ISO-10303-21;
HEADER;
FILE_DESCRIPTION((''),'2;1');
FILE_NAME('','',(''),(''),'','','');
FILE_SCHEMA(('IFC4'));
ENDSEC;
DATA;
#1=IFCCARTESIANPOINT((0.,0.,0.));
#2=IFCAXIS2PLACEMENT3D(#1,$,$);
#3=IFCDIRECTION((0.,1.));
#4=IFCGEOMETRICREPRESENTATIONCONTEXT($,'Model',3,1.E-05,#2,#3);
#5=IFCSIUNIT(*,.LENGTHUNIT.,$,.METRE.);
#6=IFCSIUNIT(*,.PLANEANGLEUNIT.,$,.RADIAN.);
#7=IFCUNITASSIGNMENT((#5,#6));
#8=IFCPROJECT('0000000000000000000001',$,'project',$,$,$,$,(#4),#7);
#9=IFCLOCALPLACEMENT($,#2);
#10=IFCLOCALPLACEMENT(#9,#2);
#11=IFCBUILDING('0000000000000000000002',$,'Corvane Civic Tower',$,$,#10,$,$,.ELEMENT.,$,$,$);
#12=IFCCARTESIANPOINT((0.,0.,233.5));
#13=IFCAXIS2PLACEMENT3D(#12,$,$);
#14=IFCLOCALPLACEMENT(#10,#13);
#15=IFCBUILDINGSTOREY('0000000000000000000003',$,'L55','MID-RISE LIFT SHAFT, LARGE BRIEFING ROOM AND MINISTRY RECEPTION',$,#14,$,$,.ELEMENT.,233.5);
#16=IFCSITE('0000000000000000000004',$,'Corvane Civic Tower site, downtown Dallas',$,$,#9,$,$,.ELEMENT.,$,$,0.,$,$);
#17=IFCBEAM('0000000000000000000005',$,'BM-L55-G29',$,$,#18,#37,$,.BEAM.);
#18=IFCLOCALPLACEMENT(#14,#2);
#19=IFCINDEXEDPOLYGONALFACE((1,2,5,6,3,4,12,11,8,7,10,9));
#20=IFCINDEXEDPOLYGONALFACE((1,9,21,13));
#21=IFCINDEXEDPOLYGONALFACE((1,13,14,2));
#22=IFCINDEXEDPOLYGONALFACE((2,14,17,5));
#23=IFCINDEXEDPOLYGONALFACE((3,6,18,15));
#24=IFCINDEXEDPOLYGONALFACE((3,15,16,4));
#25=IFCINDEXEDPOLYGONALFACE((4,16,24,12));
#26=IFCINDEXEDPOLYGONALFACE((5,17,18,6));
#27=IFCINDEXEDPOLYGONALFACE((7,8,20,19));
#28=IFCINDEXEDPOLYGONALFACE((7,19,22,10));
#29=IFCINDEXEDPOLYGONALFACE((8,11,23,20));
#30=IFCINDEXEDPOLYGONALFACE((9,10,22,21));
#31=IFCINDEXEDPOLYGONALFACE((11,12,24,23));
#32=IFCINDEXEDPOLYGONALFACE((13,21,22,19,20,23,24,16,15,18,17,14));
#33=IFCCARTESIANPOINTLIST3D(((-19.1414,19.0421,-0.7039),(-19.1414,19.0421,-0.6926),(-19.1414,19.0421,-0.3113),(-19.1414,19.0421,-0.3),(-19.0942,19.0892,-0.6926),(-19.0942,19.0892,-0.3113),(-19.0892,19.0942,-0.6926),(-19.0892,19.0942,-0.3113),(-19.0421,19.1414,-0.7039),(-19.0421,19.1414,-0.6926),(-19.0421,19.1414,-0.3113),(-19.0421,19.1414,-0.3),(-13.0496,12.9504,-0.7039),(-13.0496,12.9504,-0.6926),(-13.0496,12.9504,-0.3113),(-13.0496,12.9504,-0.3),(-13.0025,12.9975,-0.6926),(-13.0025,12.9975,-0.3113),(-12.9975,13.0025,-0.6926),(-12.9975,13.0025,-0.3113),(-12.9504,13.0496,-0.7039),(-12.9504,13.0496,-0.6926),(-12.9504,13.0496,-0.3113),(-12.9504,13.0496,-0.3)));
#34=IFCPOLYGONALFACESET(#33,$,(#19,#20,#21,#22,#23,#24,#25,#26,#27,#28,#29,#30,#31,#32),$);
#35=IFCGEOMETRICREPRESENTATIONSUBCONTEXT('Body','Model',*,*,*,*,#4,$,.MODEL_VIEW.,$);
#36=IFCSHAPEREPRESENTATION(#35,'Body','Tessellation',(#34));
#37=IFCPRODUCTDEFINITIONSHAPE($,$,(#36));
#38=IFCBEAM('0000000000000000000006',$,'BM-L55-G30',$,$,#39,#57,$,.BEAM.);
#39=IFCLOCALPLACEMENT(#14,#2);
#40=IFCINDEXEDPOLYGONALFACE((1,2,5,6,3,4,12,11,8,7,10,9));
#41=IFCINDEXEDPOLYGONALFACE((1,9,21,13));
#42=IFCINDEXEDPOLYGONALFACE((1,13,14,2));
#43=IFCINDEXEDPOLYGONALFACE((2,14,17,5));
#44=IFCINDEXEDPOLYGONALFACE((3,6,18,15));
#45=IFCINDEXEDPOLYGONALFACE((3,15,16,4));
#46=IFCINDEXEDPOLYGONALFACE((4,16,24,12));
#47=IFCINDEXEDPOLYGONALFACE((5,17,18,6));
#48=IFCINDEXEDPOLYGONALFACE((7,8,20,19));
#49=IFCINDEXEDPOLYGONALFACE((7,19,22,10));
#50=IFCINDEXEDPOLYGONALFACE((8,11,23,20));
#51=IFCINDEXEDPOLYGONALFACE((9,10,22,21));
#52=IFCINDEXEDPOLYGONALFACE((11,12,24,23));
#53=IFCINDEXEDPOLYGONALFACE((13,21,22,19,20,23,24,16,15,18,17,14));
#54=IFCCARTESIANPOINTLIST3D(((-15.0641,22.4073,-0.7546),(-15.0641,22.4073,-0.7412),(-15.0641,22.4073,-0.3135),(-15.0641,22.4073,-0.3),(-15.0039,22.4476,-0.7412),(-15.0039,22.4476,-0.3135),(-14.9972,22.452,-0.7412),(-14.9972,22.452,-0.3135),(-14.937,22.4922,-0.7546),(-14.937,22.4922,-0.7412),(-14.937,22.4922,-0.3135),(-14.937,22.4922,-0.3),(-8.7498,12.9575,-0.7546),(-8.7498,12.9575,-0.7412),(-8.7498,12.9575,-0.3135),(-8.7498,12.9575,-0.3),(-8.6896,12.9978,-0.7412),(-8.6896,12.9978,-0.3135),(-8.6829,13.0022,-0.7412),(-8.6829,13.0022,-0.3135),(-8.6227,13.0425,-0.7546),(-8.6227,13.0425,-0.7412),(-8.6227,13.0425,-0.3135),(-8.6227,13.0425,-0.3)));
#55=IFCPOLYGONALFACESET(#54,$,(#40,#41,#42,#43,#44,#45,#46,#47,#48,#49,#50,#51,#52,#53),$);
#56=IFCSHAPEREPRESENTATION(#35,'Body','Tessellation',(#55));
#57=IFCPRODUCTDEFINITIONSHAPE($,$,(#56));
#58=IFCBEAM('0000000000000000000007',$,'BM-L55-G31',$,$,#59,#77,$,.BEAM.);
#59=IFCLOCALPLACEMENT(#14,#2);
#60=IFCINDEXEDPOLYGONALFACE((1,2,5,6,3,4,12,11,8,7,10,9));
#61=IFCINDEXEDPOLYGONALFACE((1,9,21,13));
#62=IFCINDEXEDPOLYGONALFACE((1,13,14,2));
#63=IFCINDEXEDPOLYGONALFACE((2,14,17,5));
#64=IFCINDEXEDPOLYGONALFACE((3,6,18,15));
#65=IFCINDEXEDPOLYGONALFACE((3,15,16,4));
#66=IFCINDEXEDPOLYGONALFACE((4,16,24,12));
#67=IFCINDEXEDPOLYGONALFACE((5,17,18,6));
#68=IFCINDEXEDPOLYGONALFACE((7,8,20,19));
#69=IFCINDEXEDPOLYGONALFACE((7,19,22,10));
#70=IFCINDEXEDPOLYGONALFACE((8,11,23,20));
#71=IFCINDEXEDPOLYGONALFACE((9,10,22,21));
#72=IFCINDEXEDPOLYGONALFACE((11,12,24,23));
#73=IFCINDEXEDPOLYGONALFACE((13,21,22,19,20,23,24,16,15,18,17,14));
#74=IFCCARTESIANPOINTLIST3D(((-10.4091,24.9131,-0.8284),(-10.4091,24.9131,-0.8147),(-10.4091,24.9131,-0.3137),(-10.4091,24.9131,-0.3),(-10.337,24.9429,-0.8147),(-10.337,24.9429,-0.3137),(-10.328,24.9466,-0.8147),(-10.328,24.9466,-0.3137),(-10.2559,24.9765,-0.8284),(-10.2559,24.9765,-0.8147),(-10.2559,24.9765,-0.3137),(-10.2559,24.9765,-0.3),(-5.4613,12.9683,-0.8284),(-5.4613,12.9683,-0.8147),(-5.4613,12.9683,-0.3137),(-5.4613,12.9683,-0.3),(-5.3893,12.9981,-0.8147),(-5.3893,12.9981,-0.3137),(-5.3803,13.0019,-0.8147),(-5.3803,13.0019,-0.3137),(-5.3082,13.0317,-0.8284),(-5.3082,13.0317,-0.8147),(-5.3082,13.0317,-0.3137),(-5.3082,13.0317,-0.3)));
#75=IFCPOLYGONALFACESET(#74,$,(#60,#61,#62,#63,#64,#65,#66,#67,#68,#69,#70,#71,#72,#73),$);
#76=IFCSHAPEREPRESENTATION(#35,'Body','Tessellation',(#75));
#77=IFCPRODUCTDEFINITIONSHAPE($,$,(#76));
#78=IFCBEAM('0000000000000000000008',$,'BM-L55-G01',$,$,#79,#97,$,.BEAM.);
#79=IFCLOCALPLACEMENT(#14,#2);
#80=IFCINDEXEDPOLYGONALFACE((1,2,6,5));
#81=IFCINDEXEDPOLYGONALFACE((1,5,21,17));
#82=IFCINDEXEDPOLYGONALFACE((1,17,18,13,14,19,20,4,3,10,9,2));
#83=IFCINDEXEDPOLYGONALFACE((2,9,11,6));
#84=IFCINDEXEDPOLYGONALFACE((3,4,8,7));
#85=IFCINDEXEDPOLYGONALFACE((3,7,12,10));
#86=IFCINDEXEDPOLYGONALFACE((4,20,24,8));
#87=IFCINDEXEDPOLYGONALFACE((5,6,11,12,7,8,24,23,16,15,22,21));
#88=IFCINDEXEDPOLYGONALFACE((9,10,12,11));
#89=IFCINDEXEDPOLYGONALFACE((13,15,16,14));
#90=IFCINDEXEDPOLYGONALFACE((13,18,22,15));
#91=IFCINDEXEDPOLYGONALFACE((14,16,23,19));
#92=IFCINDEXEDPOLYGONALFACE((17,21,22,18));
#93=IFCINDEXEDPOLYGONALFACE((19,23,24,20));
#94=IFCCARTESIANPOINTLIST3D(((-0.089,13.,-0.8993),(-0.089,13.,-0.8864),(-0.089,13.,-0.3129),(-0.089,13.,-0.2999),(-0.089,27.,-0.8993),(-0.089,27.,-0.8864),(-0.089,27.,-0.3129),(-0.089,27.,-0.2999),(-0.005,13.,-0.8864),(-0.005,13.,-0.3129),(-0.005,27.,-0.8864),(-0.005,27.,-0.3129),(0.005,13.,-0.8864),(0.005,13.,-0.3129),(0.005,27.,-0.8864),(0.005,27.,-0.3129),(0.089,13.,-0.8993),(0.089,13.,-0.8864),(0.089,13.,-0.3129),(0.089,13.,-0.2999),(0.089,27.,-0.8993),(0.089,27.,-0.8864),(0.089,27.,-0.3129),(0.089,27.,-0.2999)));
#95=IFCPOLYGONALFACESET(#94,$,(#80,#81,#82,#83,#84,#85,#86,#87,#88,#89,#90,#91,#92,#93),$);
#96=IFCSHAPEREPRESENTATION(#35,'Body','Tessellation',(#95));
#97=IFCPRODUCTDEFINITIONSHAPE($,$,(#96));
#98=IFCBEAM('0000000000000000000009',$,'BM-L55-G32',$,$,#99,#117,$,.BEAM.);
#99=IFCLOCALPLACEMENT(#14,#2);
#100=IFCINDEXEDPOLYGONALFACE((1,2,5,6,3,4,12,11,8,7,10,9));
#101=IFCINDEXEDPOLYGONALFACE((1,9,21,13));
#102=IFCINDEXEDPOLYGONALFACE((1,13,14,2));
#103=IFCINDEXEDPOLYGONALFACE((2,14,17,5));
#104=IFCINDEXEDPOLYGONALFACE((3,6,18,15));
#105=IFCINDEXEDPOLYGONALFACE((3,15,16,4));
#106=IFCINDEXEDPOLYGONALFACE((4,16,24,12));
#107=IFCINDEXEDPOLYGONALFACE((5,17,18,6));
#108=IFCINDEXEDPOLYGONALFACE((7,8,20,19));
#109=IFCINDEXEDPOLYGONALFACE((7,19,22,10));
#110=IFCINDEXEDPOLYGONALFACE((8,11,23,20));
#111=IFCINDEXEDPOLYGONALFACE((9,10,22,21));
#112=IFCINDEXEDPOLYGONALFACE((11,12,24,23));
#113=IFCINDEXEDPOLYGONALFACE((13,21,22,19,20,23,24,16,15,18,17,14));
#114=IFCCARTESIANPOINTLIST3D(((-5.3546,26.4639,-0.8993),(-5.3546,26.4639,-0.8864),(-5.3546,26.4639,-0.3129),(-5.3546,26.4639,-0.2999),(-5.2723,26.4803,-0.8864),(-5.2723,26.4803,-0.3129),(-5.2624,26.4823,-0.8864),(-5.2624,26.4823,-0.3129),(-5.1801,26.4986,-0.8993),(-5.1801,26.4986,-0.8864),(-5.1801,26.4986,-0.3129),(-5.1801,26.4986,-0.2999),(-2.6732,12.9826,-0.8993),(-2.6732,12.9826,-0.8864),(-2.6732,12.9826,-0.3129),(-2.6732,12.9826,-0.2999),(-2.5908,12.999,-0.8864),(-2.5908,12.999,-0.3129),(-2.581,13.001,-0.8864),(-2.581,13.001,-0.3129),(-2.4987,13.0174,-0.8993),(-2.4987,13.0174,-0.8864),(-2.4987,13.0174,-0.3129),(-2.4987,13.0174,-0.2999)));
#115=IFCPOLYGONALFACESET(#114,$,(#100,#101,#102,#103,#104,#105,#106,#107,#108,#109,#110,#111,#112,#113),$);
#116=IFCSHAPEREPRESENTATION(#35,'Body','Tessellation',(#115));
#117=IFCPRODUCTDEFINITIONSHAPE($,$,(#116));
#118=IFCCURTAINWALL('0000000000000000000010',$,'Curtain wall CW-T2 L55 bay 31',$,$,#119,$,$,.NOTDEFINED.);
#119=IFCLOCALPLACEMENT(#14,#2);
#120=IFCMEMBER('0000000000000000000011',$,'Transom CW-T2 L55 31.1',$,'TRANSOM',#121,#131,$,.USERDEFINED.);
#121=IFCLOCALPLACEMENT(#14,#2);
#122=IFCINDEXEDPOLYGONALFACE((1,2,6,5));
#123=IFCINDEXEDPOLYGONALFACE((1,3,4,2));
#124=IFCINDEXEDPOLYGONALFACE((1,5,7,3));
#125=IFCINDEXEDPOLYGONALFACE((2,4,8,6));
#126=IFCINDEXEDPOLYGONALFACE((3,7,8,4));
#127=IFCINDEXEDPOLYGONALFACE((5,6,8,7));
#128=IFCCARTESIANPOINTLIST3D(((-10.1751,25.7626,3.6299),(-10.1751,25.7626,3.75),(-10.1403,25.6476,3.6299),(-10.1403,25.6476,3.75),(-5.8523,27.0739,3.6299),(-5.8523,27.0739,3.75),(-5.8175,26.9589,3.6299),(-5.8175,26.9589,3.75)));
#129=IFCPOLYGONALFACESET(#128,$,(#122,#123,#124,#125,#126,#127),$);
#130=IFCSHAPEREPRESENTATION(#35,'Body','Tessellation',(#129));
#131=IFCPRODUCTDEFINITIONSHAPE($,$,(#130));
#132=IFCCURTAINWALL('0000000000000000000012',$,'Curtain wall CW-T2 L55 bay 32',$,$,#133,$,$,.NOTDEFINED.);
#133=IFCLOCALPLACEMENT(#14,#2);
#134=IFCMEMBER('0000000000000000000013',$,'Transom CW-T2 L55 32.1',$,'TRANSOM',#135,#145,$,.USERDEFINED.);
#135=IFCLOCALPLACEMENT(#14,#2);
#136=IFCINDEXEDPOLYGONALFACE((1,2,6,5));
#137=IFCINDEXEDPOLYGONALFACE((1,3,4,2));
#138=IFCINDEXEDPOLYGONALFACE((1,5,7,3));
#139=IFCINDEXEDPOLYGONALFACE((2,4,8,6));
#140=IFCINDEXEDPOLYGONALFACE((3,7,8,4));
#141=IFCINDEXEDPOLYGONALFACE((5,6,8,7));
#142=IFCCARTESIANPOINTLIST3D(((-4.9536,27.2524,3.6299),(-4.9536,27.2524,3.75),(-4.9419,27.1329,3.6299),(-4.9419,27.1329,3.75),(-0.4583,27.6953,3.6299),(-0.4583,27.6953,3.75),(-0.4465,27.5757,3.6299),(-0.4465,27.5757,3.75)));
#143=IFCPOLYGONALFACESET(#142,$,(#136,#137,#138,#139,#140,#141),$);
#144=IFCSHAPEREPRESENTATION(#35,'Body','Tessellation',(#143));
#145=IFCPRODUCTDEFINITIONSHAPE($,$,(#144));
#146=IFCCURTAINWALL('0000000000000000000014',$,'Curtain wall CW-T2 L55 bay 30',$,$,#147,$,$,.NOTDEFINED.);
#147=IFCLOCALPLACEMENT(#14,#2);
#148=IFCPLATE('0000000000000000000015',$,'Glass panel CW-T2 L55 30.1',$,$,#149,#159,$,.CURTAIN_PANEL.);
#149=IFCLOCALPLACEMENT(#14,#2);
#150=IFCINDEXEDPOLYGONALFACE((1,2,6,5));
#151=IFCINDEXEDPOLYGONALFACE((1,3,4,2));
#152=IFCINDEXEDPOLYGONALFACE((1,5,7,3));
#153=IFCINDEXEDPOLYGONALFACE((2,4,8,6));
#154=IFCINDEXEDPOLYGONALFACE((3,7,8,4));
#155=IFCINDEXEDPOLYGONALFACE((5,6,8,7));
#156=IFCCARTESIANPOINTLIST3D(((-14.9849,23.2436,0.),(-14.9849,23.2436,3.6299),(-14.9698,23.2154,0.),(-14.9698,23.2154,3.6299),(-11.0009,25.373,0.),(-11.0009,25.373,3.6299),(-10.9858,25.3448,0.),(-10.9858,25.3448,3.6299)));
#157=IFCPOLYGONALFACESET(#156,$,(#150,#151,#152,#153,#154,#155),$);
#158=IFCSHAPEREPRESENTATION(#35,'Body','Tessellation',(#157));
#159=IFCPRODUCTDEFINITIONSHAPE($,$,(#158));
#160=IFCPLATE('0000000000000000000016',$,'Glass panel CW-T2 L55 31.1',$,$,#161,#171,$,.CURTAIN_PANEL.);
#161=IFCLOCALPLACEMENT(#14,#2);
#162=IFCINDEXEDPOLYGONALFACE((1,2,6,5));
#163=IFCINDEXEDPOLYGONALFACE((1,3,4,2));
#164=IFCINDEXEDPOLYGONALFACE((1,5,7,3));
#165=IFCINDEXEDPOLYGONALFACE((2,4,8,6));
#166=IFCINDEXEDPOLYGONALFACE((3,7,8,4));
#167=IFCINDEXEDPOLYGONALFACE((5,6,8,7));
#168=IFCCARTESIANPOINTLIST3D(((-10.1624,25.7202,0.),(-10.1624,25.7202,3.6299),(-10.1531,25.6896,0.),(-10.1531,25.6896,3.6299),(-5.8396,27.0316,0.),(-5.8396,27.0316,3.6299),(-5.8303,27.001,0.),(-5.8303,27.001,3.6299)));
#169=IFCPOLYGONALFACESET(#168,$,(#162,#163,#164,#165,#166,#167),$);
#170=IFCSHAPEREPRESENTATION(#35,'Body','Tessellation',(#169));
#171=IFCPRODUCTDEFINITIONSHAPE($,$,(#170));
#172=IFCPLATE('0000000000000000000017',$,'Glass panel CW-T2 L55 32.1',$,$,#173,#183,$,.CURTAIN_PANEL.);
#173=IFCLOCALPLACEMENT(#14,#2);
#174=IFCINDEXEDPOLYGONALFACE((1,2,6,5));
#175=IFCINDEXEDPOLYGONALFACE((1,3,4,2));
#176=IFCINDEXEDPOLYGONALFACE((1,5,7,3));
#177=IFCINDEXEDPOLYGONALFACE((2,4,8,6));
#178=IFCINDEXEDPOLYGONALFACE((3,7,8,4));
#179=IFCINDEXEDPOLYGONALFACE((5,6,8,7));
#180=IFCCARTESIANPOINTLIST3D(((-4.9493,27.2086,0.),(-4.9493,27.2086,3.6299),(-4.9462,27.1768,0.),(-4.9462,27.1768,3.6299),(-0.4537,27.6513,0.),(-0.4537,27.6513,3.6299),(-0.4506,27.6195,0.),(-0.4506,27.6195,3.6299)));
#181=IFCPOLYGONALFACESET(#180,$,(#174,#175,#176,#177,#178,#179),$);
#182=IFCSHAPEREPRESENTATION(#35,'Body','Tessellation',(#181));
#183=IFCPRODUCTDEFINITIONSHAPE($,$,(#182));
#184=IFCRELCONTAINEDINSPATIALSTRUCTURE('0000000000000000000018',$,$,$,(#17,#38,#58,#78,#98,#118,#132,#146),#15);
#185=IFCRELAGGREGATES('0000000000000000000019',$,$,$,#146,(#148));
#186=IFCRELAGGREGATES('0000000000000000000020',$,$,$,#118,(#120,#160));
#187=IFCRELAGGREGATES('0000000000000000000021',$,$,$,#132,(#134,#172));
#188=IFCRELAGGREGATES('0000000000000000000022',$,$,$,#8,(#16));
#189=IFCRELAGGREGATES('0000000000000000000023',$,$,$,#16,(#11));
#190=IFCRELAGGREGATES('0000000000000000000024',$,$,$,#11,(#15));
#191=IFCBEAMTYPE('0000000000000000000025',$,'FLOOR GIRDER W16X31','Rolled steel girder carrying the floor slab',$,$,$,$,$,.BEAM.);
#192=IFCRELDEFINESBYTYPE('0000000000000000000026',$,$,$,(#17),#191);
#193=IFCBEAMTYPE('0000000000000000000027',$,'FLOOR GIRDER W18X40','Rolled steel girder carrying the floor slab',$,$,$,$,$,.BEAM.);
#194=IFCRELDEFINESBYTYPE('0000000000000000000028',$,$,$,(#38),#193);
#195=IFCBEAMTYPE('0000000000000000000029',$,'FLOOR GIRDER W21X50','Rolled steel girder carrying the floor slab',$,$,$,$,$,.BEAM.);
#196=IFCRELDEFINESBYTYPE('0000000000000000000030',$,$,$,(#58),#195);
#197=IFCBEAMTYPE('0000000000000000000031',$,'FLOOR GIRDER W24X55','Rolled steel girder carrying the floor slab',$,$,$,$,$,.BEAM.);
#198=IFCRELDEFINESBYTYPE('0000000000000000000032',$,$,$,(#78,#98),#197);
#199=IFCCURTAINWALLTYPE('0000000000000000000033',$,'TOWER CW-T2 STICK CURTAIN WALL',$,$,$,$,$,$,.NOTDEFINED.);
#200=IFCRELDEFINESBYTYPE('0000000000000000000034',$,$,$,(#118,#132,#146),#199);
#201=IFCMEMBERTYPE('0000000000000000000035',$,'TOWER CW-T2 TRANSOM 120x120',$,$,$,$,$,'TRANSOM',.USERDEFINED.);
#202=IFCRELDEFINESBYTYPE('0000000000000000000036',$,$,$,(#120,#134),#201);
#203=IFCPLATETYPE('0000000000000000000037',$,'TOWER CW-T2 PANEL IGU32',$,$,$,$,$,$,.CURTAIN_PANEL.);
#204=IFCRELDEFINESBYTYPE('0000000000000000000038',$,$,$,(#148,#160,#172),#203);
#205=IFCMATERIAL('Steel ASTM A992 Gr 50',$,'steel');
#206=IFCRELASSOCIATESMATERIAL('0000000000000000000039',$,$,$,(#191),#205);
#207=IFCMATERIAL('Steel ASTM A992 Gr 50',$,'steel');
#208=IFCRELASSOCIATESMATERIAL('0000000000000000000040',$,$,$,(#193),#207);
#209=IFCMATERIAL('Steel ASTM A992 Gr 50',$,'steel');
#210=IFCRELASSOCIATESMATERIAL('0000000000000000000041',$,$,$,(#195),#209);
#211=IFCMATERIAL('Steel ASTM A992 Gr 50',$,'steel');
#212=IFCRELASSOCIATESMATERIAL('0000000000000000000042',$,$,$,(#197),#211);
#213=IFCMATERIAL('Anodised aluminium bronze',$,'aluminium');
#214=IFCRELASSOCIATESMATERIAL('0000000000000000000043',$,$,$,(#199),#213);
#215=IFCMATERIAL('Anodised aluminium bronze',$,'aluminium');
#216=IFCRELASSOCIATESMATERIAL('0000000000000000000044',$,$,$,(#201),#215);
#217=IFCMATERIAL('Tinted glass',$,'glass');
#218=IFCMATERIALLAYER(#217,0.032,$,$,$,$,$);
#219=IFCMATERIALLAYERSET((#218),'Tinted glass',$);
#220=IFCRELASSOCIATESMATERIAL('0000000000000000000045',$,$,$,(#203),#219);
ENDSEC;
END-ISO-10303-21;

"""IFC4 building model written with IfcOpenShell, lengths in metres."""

from ifc_helpers import new_model, si_unit, direction, frame, origin, origin_2d, place, context, subcontext, project, spatial, rectangle, i_section, extrude, material, layer, layer_set, material_profile, profile_set, type_object, element, aggregate, save


model = new_model("IFC4")

# Units and contexts
model_context = context("Model", 3, precision=1e-05, world=origin(), true_north=direction((0.0, 1.0)))
body_context = subcontext(model_context, "Body", "Model", "MODEL_VIEW")
ifc_project = project(units=[si_unit("LENGTHUNIT", "METRE"), si_unit("PLANEANGLEUNIT", "RADIAN")], contexts=[model_context])

# Site, building, storey
site_placement = place(None, origin())
site = spatial("IfcSite", under=ifc_project, at=site_placement, Name="Corvane Civic Tower site, downtown Dallas", CompositionType="ELEMENT", RefElevation=0.0)
building_placement = place(site_placement, origin())
building = spatial("IfcBuilding", under=site, at=building_placement, Name="Corvane Civic Tower", CompositionType="ELEMENT")
storey_placement = place(building_placement, frame((0.0, 0.0, 233.5)))
storey = spatial("IfcBuildingStorey", under=building, at=storey_placement, Name="L55", Description="MID-RISE LIFT SHAFT, LARGE BRIEFING ROOM AND MINISTRY RECEPTION", CompositionType="ELEMENT", Elevation=233.5)

# Beams
ifc_material_1 = material(Name="Steel ASTM A992 Gr 50", Category="steel")
ifc_material_profile_1 = material_profile(ifc_material_1, i_section(OverallWidth=0.1404, OverallDepth=0.4038, WebThickness=0.0071, FlangeThickness=0.0112, at=origin_2d()), Name="W16X31")
ifc_profile_set_1 = profile_set([ifc_material_profile_1], Name="Steel ASTM A992 Gr 50")
beam_type_1 = type_object("IfcBeamType", Name="FLOOR GIRDER W16X31", Description="Rolled steel girder carrying the floor slab", PredefinedType="BEAM", material=ifc_profile_set_1)
beam_1_placement = place(storey_placement, frame((-13.0, 13.0, -0.502), z_axis=(-0.707107, 0.707107, 0.0), x_axis=(-0.707107, -0.707107, 0.0)))
element("IfcBeam", 1, at=beam_1_placement, inside=storey, type_object=beam_type_1, Name="BM-L55-G29", PredefinedType="BEAM", context=body_context, shape_type="SweptSolid", body=[
    extrude(i_section(OverallWidth=0.1404, OverallDepth=0.4038, WebThickness=0.0071, FlangeThickness=0.0112, at=origin_2d()), origin(), (0.0, 0.0, 1.0), 8.615),
])
ifc_material_2 = material(Name="Steel ASTM A992 Gr 50", Category="steel")
ifc_material_profile_2 = material_profile(ifc_material_2, i_section(OverallWidth=0.1528, OverallDepth=0.4546, WebThickness=0.0081, FlangeThickness=0.0134, at=origin_2d()), Name="W18X40")
ifc_profile_set_2 = profile_set([ifc_material_profile_2], Name="Steel ASTM A992 Gr 50")
beam_type_2 = type_object("IfcBeamType", Name="FLOOR GIRDER W18X40", Description="Rolled steel girder carrying the floor slab", PredefinedType="BEAM", material=ifc_profile_set_2)
beam_2_placement = place(storey_placement, frame((-8.6863, 13.0, -0.5273), z_axis=(-0.555577, 0.831465, 0.0), x_axis=(-0.831465, -0.555577, 0.0)))
element("IfcBeam", 2, at=beam_2_placement, inside=storey, type_object=beam_type_2, Name="BM-L55-G30", PredefinedType="BEAM", context=body_context, shape_type="SweptSolid", body=[
    extrude(i_section(OverallWidth=0.1528, OverallDepth=0.4546, WebThickness=0.0081, FlangeThickness=0.0134, at=origin_2d()), origin(), (0.0, 0.0, 1.0), 11.3652),
])
ifc_material_3 = material(Name="Steel ASTM A992 Gr 50", Category="steel")
ifc_material_profile_3 = material_profile(ifc_material_3, i_section(OverallWidth=0.1658, OverallDepth=0.5283, WebThickness=0.0098, FlangeThickness=0.0137, at=origin_2d()), Name="W21X50")
ifc_profile_set_3 = profile_set([ifc_material_profile_3], Name="Steel ASTM A992 Gr 50")
beam_type_3 = type_object("IfcBeamType", Name="FLOOR GIRDER W21X50", Description="Rolled steel girder carrying the floor slab", PredefinedType="BEAM", material=ifc_profile_set_3)
beam_3_placement = place(storey_placement, frame((-5.3848, 13.0, -0.5642), z_axis=(-0.382686, 0.923878, 0.0), x_axis=(-0.923878, -0.382686, 0.0)))
element("IfcBeam", 3, at=beam_3_placement, inside=storey, type_object=beam_type_3, Name="BM-L55-G31", PredefinedType="BEAM", context=body_context, shape_type="SweptSolid", body=[
    extrude(i_section(OverallWidth=0.1658, OverallDepth=0.5283, WebThickness=0.0098, FlangeThickness=0.0137, at=origin_2d()), origin(), (0.0, 0.0, 1.0), 12.929),
])
ifc_material_4 = material(Name="Steel ASTM A992 Gr 50", Category="steel")
ifc_material_profile_4 = material_profile(ifc_material_4, i_section(OverallWidth=0.178, OverallDepth=0.5994, WebThickness=0.01, FlangeThickness=0.0129, at=origin_2d()), Name="W24X55")
ifc_profile_set_4 = profile_set([ifc_material_profile_4], Name="Steel ASTM A992 Gr 50")
beam_type_4 = type_object("IfcBeamType", Name="FLOOR GIRDER W24X55", Description="Rolled steel girder carrying the floor slab", PredefinedType="BEAM", material=ifc_profile_set_4)
beam_4_placement = place(storey_placement, frame((0.0, 13.0, -0.5996), z_axis=(0.0, 1.0, 0.0), x_axis=(-1.0, 0.0, 0.0)))
element("IfcBeam", 4, at=beam_4_placement, inside=storey, type_object=beam_type_4, Name="BM-L55-G01", PredefinedType="BEAM", context=body_context, shape_type="SweptSolid", body=[
    extrude(i_section(OverallWidth=0.178, OverallDepth=0.5994, WebThickness=0.01, FlangeThickness=0.0129, at=origin_2d()), origin(), (0.0, 0.0, 1.0), 14.0),
])
beam_5_placement = place(storey_placement, frame((-2.5859, 13.0, -0.5996), z_axis=(-0.195078, 0.980788, 0.0), x_axis=(-0.980788, -0.195078, 0.0)))
element("IfcBeam", 5, at=beam_5_placement, inside=storey, type_object=beam_type_4, Name="BM-L55-G32", PredefinedType="BEAM", context=body_context, shape_type="SweptSolid", body=[
    extrude(i_section(OverallWidth=0.178, OverallDepth=0.5994, WebThickness=0.01, FlangeThickness=0.0129, at=origin_2d()), origin(), (0.0, 0.0, 1.0), 13.7454),
])

# Curtain walls, members
ifc_material_5 = material(Name="Anodised aluminium bronze", Category="aluminium")
curtain_wall_type = type_object("IfcCurtainWallType", Name="TOWER CW-T2 STICK CURTAIN WALL", PredefinedType="NOTDEFINED", material=ifc_material_5)
curtain_wall_1_placement = place(storey_placement, origin())
curtain_wall_1 = element("IfcCurtainWall", 6, at=curtain_wall_1_placement, inside=storey, type_object=curtain_wall_type, Name="Curtain wall CW-T2 L55 bay 31", PredefinedType="NOTDEFINED")
ifc_material_6 = material(Name="Anodised aluminium bronze", Category="aluminium")
ifc_material_profile_5 = material_profile(ifc_material_6, rectangle(XDim=0.1201, YDim=0.1201, at=origin_2d()), Name="TOWER CW-T2 TRANSOM 120x120")
ifc_profile_set_5 = profile_set([ifc_material_profile_5], Name="Anodised aluminium bronze")
member_type = type_object("IfcMemberType", Name="TOWER CW-T2 TRANSOM 120x120", ElementType="TRANSOM", PredefinedType="USERDEFINED", material=ifc_profile_set_5)
member_1_placement = place(storey_placement, frame((-10.1577, 25.7051, 3.6899), z_axis=(0.956941, 0.290282, 0.0), x_axis=(-0.290282, 0.956941, 0.0)))
member_1 = element("IfcMember", 7, at=member_1_placement, type_object=member_type, Name="Transom CW-T2 L55 31.1", ObjectType="TRANSOM", PredefinedType="USERDEFINED", context=body_context, shape_type="SweptSolid", body=[
    extrude(rectangle(XDim=0.1201, YDim=0.1201, at=origin_2d()), origin(), (0.0, 0.0, 1.0), 4.5173),
])
curtain_wall_2_placement = place(storey_placement, origin())
curtain_wall_2 = element("IfcCurtainWall", 8, at=curtain_wall_2_placement, inside=storey, type_object=curtain_wall_type, Name="Curtain wall CW-T2 L55 bay 32", PredefinedType="NOTDEFINED")
member_2_placement = place(storey_placement, frame((-4.9478, 27.1926, 3.6899), z_axis=(0.995182, 0.098043, 0.0), x_axis=(-0.098043, 0.995182, 0.0)))
member_2 = element("IfcMember", 9, at=member_2_placement, type_object=member_type, Name="Transom CW-T2 L55 32.1", ObjectType="TRANSOM", PredefinedType="USERDEFINED", context=body_context, shape_type="SweptSolid", body=[
    extrude(rectangle(XDim=0.1201, YDim=0.1201, at=origin_2d()), origin(), (0.0, 0.0, 1.0), 4.5171),
])

# Curtain wall, plate
curtain_wall_3_placement = place(storey_placement, origin())
curtain_wall_3 = element("IfcCurtainWall", 10, at=curtain_wall_3_placement, inside=storey, type_object=curtain_wall_type, Name="Curtain wall CW-T2 L55 bay 30", PredefinedType="NOTDEFINED")
ifc_material_7 = material(Name="Tinted glass", Category="glass")
ifc_layer_1 = layer(ifc_material_7, 0.032)
ifc_layer_set_1 = layer_set([ifc_layer_1], Name="Tinted glass")
plate_type = type_object("IfcPlateType", Name="TOWER CW-T2 PANEL IGU32", PredefinedType="CURTAIN_PANEL", material=ifc_layer_set_1)
plate_1_placement = place(storey_placement, frame((-12.9854, 24.2942, 0.0), z_axis=(0.0, 0.0, 1.0), x_axis=(0.88192, 0.471398, 0.0)))
plate_1 = element("IfcPlate", 11, at=plate_1_placement, type_object=plate_type, Name="Glass panel CW-T2 L55 30.1", PredefinedType="CURTAIN_PANEL", context=body_context, shape_type="SweptSolid", body=[
    extrude(rectangle(XDim=4.5173, YDim=0.032, at=origin_2d()), origin(), (0.0, 0.0, 1.0), 3.6299),
])
aggregate(curtain_wall_3, [plate_1])

# Plates
plate_2_placement = place(storey_placement, frame((-7.9963, 26.3606, 0.0), z_axis=(0.0, 0.0, 1.0), x_axis=(0.956939, 0.29029, 0.0)))
plate_2 = element("IfcPlate", 12, at=plate_2_placement, type_object=plate_type, Name="Glass panel CW-T2 L55 31.1", PredefinedType="CURTAIN_PANEL", context=body_context, shape_type="SweptSolid", body=[
    extrude(rectangle(XDim=4.5173, YDim=0.032, at=origin_2d()), origin(), (0.0, 0.0, 1.0), 3.6299),
])
aggregate(curtain_wall_1, [member_1, plate_2])
plate_3_placement = place(storey_placement, frame((-2.7, 27.4141, 0.0), z_axis=(0.0, 0.0, 1.0), x_axis=(0.995187, 0.097993, 0.0)))
plate_3 = element("IfcPlate", 13, at=plate_3_placement, type_object=plate_type, Name="Glass panel CW-T2 L55 32.1", PredefinedType="CURTAIN_PANEL", context=body_context, shape_type="SweptSolid", body=[
    extrude(rectangle(XDim=4.5173, YDim=0.032, at=origin_2d()), origin(), (0.0, 0.0, 1.0), 3.6299),
])
aggregate(curtain_wall_2, [member_2, plate_3])

save(model, "model.ifc")
